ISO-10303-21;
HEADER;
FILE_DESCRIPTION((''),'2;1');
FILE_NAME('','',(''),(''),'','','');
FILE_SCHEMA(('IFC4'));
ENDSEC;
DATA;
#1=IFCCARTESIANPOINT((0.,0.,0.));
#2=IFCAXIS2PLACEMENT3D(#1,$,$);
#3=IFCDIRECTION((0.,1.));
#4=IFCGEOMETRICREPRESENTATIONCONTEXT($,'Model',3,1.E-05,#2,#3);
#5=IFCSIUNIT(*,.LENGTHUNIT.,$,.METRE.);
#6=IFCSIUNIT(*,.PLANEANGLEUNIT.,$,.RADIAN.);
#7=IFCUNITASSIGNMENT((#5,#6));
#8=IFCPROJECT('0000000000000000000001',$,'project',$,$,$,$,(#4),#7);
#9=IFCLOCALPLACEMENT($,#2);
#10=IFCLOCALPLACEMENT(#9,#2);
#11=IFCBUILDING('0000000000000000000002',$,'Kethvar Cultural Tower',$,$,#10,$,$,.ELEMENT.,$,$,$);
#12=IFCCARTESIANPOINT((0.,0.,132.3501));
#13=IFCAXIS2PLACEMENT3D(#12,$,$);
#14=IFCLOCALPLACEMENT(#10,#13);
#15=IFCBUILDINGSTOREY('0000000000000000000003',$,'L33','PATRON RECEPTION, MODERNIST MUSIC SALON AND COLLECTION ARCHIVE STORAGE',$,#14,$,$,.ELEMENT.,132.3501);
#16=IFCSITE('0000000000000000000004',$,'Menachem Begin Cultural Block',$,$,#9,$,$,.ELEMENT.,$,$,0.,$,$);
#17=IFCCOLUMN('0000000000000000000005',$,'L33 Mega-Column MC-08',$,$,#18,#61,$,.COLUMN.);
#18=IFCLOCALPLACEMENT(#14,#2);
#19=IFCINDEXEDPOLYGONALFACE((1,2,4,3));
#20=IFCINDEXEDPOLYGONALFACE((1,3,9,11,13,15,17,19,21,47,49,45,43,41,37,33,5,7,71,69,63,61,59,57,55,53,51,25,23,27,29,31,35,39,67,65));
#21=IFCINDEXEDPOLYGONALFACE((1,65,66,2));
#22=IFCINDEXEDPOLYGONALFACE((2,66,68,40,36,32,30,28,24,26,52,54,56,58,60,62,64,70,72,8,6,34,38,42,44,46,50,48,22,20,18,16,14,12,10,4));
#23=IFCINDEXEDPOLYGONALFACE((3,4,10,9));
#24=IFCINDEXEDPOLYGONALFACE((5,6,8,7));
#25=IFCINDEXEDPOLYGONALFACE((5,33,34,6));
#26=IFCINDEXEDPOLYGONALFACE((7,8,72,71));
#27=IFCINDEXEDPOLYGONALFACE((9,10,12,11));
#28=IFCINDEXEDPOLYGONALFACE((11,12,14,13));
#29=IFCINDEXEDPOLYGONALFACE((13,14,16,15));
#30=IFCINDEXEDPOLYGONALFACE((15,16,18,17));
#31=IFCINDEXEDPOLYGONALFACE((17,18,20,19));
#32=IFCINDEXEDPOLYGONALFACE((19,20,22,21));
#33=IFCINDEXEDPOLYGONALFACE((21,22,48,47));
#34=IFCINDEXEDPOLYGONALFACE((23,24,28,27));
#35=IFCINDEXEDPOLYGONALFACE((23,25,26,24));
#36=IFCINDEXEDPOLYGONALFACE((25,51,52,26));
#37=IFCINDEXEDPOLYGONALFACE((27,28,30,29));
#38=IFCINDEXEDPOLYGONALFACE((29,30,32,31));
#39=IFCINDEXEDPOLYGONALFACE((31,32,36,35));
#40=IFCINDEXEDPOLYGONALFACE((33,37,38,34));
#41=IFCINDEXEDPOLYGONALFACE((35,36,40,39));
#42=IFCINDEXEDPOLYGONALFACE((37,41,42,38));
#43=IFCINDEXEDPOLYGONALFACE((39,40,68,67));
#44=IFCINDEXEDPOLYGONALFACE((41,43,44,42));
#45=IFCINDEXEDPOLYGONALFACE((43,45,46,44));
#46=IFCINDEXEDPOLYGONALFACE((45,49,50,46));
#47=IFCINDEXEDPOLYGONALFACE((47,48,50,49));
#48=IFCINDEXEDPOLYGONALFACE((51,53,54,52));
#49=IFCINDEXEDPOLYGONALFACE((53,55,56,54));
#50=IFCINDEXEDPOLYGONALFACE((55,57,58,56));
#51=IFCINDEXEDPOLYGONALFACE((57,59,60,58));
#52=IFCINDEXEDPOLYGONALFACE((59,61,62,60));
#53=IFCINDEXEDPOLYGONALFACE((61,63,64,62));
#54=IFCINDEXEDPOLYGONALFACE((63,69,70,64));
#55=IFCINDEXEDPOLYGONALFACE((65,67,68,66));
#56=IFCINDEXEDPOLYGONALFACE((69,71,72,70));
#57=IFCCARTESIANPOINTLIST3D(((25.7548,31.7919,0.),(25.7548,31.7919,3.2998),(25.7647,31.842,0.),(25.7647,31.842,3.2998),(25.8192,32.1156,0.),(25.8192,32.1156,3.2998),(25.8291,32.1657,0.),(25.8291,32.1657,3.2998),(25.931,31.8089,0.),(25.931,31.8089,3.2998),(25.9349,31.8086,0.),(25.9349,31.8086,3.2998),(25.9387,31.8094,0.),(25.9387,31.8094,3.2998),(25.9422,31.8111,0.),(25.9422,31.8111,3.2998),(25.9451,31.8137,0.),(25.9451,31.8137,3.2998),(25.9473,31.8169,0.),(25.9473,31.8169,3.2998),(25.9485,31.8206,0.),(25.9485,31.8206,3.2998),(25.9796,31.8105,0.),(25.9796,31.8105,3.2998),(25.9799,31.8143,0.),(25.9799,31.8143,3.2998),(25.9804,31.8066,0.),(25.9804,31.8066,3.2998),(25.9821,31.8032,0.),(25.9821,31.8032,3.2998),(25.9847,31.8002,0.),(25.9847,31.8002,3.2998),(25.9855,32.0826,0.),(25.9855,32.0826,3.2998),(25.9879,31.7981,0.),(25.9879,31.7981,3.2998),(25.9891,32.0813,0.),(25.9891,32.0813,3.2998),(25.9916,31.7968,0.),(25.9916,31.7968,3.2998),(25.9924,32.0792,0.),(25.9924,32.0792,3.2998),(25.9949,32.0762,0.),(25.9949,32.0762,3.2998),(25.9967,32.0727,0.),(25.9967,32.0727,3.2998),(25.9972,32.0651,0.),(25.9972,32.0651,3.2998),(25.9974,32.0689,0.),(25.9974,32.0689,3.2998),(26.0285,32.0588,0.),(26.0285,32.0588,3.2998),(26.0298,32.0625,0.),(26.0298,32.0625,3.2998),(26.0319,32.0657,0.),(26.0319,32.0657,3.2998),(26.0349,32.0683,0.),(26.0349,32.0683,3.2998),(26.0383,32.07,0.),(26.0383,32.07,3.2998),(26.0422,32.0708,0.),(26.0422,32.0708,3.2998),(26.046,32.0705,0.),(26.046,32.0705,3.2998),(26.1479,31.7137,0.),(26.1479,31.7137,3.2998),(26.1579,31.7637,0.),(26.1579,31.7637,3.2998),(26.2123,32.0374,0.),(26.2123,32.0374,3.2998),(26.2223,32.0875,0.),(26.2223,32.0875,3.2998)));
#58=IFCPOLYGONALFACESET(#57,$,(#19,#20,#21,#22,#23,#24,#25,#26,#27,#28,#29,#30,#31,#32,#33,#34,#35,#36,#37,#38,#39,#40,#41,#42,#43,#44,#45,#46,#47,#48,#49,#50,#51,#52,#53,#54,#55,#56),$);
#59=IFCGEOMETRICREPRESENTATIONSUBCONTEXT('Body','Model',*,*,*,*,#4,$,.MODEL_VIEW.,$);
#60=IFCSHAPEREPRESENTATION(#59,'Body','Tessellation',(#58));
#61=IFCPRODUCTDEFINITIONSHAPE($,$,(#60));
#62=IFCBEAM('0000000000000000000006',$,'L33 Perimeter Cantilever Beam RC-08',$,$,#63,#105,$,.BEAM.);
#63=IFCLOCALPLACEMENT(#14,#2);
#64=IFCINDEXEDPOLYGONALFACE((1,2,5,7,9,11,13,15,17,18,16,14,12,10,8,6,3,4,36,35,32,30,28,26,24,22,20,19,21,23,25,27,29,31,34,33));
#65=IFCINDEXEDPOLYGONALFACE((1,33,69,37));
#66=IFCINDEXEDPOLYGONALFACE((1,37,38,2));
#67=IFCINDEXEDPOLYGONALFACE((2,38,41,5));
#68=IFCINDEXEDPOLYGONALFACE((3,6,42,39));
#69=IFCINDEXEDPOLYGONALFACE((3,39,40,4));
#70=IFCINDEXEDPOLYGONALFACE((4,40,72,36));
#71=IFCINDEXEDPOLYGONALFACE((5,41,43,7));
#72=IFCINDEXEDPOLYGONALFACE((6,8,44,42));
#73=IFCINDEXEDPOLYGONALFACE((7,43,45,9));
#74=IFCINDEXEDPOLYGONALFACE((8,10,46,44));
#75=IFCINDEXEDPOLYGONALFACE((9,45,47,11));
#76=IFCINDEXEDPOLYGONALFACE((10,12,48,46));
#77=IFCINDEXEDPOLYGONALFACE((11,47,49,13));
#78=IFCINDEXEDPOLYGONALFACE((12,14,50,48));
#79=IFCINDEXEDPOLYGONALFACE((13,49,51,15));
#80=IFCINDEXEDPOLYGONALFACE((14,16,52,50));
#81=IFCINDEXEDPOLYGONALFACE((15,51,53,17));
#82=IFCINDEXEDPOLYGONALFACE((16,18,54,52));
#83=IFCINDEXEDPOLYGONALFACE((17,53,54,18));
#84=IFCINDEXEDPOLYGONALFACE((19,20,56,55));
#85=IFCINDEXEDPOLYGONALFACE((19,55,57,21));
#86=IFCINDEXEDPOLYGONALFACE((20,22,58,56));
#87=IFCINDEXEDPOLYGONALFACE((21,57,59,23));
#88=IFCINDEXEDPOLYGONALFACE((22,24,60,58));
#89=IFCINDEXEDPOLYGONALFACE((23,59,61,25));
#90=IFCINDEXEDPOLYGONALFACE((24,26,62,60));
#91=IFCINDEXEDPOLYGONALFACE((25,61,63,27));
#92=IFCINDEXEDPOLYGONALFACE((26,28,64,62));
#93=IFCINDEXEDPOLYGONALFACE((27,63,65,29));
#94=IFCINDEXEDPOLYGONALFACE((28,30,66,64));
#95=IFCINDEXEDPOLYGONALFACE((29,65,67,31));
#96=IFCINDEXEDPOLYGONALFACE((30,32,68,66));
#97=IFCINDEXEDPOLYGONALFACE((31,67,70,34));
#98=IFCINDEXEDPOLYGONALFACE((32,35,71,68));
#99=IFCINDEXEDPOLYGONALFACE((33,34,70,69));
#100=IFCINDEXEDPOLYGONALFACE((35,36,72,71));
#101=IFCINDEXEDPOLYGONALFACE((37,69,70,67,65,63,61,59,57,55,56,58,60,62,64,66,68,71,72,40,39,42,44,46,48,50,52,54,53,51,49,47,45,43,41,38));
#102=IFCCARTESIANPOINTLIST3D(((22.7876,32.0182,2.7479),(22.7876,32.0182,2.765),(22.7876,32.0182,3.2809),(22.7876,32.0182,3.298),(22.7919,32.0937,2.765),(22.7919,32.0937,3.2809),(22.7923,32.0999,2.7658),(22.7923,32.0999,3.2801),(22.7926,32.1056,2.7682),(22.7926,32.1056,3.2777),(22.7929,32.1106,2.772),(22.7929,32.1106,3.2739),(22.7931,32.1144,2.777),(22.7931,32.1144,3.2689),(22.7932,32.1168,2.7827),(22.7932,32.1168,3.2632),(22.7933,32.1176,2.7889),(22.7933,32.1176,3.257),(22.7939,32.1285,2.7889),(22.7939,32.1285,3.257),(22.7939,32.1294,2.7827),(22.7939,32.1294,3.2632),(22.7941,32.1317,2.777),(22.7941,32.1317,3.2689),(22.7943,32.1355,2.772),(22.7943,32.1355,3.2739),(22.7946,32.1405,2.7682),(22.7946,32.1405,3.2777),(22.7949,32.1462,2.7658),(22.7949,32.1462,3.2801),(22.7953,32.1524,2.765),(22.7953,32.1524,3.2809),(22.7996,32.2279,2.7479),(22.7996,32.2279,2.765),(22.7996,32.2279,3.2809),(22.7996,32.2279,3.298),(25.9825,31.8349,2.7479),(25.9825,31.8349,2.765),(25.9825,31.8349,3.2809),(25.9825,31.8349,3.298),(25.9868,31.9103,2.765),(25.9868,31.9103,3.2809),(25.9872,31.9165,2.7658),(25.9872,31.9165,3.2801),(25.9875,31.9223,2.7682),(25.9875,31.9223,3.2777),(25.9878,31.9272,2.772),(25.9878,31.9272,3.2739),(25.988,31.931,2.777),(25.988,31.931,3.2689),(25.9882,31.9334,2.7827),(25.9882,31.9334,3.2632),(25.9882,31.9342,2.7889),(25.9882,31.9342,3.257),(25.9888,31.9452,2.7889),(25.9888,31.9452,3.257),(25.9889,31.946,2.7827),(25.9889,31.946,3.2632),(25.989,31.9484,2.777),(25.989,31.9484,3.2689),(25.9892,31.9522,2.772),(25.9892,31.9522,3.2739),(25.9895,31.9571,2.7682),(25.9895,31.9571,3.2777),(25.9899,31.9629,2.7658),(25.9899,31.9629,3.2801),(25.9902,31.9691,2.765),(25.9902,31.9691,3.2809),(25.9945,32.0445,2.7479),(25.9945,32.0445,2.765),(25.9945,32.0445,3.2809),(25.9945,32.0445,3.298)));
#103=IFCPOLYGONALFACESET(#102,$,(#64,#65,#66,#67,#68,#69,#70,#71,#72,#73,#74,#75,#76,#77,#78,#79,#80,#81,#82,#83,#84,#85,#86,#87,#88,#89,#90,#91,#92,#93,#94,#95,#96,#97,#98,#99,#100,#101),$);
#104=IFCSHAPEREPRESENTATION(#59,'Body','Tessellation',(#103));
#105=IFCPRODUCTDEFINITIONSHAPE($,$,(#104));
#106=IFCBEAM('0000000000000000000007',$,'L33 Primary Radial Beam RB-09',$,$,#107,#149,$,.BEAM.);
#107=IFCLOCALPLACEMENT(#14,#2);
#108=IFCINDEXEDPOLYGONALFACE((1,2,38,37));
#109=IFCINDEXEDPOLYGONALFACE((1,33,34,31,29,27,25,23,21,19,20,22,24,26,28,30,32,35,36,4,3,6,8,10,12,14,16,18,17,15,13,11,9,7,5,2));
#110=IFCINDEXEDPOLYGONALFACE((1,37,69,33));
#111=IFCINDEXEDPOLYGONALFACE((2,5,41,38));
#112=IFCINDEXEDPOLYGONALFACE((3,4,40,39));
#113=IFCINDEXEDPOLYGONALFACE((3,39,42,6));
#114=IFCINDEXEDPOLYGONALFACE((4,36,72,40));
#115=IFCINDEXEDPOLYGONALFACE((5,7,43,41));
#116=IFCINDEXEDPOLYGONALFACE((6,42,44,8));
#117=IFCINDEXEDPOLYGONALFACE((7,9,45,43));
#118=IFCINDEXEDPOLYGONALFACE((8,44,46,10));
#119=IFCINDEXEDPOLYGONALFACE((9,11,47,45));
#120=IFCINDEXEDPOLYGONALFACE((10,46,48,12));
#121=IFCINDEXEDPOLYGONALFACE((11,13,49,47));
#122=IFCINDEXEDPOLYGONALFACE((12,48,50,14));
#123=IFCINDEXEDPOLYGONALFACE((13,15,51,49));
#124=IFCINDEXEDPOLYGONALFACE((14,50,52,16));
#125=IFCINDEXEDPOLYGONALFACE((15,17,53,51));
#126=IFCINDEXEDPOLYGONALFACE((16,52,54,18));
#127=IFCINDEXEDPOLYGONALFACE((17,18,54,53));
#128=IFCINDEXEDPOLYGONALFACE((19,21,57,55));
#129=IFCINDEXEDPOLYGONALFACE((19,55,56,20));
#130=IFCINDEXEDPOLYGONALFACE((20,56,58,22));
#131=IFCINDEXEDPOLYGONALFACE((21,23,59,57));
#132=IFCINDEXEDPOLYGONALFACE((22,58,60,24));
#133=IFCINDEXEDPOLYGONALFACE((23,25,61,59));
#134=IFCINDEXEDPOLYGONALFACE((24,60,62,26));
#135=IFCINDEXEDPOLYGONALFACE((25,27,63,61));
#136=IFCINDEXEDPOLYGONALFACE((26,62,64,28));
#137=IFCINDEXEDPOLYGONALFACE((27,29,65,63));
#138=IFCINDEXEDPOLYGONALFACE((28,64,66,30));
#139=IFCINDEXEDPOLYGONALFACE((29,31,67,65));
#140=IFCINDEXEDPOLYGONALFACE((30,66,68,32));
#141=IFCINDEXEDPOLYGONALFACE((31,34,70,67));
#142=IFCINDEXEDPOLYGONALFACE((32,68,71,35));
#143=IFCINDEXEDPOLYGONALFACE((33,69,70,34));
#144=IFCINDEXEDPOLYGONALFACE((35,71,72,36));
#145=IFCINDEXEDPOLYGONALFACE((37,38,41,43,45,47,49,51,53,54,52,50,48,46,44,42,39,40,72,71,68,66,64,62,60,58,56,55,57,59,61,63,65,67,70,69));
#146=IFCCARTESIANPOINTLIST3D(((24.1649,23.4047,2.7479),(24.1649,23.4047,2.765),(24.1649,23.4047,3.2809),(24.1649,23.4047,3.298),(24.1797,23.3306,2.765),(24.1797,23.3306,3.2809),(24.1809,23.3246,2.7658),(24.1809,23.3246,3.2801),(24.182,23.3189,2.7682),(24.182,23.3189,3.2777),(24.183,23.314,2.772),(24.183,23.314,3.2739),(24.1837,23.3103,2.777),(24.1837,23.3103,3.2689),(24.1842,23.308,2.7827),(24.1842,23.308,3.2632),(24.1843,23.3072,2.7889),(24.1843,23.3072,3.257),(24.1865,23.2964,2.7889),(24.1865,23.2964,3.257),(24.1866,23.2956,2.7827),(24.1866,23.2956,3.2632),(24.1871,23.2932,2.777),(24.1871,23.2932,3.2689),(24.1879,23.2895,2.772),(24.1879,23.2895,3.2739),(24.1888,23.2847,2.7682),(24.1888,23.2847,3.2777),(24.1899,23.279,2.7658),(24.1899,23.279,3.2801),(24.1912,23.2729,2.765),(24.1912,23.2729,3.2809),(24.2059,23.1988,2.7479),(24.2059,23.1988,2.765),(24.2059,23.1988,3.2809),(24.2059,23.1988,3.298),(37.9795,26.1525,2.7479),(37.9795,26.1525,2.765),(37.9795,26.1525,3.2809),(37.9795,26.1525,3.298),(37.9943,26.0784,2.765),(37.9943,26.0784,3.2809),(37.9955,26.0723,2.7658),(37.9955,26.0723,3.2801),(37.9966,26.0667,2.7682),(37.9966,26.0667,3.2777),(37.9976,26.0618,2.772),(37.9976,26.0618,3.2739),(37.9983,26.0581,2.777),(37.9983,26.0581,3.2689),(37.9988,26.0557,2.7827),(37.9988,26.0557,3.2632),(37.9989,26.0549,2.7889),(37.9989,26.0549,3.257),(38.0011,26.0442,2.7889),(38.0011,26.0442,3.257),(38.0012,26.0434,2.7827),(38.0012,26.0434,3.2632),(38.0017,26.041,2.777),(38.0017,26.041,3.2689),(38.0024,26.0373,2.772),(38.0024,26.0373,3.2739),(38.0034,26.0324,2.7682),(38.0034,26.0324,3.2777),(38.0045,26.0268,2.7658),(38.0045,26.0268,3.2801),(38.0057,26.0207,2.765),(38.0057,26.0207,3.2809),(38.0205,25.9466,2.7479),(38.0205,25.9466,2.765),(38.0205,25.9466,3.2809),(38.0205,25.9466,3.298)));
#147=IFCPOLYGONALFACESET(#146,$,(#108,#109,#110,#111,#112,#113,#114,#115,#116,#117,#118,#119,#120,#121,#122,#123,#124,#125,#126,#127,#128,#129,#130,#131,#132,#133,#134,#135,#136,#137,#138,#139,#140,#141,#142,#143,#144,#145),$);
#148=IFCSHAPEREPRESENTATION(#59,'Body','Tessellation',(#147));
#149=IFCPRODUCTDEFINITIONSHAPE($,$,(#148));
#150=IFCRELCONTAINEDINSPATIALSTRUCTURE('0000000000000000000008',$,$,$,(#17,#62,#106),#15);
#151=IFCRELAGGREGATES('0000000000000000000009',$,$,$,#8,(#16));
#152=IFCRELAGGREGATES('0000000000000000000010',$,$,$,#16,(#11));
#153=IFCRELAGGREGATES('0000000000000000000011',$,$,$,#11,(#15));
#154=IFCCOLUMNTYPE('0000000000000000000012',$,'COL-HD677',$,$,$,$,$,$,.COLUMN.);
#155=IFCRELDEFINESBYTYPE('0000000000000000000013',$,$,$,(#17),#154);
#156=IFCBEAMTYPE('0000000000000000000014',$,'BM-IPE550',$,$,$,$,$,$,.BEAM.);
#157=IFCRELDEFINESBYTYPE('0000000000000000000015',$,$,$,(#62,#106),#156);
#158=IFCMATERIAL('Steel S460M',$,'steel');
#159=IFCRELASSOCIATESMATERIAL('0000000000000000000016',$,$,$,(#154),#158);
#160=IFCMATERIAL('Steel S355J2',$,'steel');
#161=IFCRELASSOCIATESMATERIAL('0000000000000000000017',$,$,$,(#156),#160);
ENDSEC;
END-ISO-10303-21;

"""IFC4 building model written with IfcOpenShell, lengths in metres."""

from ifc_helpers import new_model, si_unit, direction, frame, origin, origin_2d, place, context, subcontext, project, spatial, i_section, extrude, source, transform, mapped, material, material_profile, profile_set, type_object, element, save


model = new_model("IFC4")

# Units and contexts
model_context = context("Model", 3, precision=1e-05, world=origin(), true_north=direction((0.0, 1.0)))
body_context = subcontext(model_context, "Body", "Model", "MODEL_VIEW")
ifc_project = project(units=[si_unit("LENGTHUNIT", "METRE"), si_unit("PLANEANGLEUNIT", "RADIAN")], contexts=[model_context])

# Site, building, storey
site_placement = place(None, origin())
site = spatial("IfcSite", under=ifc_project, at=site_placement, Name="Menachem Begin Cultural Block", CompositionType="ELEMENT", RefElevation=0.0)
building_placement = place(site_placement, origin())
building = spatial("IfcBuilding", under=site, at=building_placement, Name="Kethvar Cultural Tower", CompositionType="ELEMENT")
storey_placement = place(building_placement, frame((0.0, 0.0, 132.3501)))
storey = spatial("IfcBuildingStorey", under=building, at=storey_placement, Name="L33", Description="PATRON RECEPTION, MODERNIST MUSIC SALON AND COLLECTION ARCHIVE STORAGE", CompositionType="ELEMENT", Elevation=132.3501)

# Column
ifc_material_1 = material(Name="Steel S460M", Category="steel")
ifc_material_profile_1 = material_profile(ifc_material_1, i_section(OverallWidth=0.4009, OverallDepth=0.3811, WebThickness=0.032, FlangeThickness=0.051, FilletRadius=0.0149, at=origin_2d()), Name="Steel S460M — HD400x677")
ifc_profile_set_1 = profile_set([ifc_material_profile_1], Name="Steel S460M — HD400x677")
column_type = type_object("IfcColumnType", Name="COL-HD677", PredefinedType="COLUMN", material=ifc_profile_set_1)
shared_shape_1 = source(origin(), body_context, "Body", "SweptSolid", [
    extrude(i_section(OverallWidth=0.4009, OverallDepth=0.3811, WebThickness=0.032, FlangeThickness=0.051, FilletRadius=0.0149, at=origin_2d()), origin(), (0.0, 0.0, 1.0), 3.2998),
])
column_placement = place(storey_placement, frame((25.9885, 31.9397, 0.0), z_axis=(0.0, 0.0, 1.0), x_axis=(-0.980785, 0.19509, 0.0)))
element("IfcColumn", 1, at=column_placement, inside=storey, type_object=column_type, Name="L33 Mega-Column MC-08", PredefinedType="COLUMN", context=body_context, shape_type="MappedRepresentation", body=[
    mapped(shared_shape_1, transform((0.0, 0.0, 0.0), scale=1.0)),
])

# Beams
ifc_material_2 = material(Name="Steel S355J2", Category="steel")
ifc_material_profile_2 = material_profile(ifc_material_2, i_section(OverallWidth=0.21, OverallDepth=0.55, WebThickness=0.011, FlangeThickness=0.0171, FilletRadius=0.0239, at=origin_2d()), Name="Steel S355J2 — IPE550")
ifc_profile_set_2 = profile_set([ifc_material_profile_2], Name="Steel S355J2 — IPE550")
beam_type_1 = type_object("IfcBeamType", Name="BM-IPE550", PredefinedType="BEAM", material=ifc_profile_set_2)
shared_shape_2 = source(origin(), body_context, "Body", "SweptSolid", [
    extrude(i_section(OverallWidth=0.21, OverallDepth=0.55, WebThickness=0.011, FlangeThickness=0.0171, FilletRadius=0.0239, at=origin_2d()), origin(), (0.0, 0.0, 1.0), 3.2002),
])
beam_1_placement = place(storey_placement, frame((25.9885, 31.9397, 3.0229), z_axis=(-0.998357, 0.057295, 0.0), x_axis=(-0.057295, -0.998357, 0.0)))
element("IfcBeam", 2, at=beam_1_placement, inside=storey, type_object=beam_type_1, Name="L33 Perimeter Cantilever Beam RC-08", PredefinedType="BEAM", context=body_context, shape_type="MappedRepresentation", body=[
    mapped(shared_shape_2, transform((0.0, 0.0, 0.0), scale=1.0)),
])
shared_shape_3 = source(origin(), body_context, "Body", "SweptSolid", [
    extrude(i_section(OverallWidth=0.21, OverallDepth=0.55, WebThickness=0.011, FlangeThickness=0.0171, FilletRadius=0.0239, at=origin_2d()), origin(), (0.0, 0.0, 1.0), 14.0852),
])
beam_2_placement = place(storey_placement, frame((38.0, 26.0496, 3.0229), z_axis=(-0.980787, -0.195083, 0.0), x_axis=(0.195083, -0.980787, 0.0)))
element("IfcBeam", 3, at=beam_2_placement, inside=storey, type_object=beam_type_1, Name="L33 Primary Radial Beam RB-09", PredefinedType="BEAM", context=body_context, shape_type="MappedRepresentation", body=[
    mapped(shared_shape_3, transform((0.0, 0.0, 0.0), scale=1.0)),
])

save(model, "model.ifc")
